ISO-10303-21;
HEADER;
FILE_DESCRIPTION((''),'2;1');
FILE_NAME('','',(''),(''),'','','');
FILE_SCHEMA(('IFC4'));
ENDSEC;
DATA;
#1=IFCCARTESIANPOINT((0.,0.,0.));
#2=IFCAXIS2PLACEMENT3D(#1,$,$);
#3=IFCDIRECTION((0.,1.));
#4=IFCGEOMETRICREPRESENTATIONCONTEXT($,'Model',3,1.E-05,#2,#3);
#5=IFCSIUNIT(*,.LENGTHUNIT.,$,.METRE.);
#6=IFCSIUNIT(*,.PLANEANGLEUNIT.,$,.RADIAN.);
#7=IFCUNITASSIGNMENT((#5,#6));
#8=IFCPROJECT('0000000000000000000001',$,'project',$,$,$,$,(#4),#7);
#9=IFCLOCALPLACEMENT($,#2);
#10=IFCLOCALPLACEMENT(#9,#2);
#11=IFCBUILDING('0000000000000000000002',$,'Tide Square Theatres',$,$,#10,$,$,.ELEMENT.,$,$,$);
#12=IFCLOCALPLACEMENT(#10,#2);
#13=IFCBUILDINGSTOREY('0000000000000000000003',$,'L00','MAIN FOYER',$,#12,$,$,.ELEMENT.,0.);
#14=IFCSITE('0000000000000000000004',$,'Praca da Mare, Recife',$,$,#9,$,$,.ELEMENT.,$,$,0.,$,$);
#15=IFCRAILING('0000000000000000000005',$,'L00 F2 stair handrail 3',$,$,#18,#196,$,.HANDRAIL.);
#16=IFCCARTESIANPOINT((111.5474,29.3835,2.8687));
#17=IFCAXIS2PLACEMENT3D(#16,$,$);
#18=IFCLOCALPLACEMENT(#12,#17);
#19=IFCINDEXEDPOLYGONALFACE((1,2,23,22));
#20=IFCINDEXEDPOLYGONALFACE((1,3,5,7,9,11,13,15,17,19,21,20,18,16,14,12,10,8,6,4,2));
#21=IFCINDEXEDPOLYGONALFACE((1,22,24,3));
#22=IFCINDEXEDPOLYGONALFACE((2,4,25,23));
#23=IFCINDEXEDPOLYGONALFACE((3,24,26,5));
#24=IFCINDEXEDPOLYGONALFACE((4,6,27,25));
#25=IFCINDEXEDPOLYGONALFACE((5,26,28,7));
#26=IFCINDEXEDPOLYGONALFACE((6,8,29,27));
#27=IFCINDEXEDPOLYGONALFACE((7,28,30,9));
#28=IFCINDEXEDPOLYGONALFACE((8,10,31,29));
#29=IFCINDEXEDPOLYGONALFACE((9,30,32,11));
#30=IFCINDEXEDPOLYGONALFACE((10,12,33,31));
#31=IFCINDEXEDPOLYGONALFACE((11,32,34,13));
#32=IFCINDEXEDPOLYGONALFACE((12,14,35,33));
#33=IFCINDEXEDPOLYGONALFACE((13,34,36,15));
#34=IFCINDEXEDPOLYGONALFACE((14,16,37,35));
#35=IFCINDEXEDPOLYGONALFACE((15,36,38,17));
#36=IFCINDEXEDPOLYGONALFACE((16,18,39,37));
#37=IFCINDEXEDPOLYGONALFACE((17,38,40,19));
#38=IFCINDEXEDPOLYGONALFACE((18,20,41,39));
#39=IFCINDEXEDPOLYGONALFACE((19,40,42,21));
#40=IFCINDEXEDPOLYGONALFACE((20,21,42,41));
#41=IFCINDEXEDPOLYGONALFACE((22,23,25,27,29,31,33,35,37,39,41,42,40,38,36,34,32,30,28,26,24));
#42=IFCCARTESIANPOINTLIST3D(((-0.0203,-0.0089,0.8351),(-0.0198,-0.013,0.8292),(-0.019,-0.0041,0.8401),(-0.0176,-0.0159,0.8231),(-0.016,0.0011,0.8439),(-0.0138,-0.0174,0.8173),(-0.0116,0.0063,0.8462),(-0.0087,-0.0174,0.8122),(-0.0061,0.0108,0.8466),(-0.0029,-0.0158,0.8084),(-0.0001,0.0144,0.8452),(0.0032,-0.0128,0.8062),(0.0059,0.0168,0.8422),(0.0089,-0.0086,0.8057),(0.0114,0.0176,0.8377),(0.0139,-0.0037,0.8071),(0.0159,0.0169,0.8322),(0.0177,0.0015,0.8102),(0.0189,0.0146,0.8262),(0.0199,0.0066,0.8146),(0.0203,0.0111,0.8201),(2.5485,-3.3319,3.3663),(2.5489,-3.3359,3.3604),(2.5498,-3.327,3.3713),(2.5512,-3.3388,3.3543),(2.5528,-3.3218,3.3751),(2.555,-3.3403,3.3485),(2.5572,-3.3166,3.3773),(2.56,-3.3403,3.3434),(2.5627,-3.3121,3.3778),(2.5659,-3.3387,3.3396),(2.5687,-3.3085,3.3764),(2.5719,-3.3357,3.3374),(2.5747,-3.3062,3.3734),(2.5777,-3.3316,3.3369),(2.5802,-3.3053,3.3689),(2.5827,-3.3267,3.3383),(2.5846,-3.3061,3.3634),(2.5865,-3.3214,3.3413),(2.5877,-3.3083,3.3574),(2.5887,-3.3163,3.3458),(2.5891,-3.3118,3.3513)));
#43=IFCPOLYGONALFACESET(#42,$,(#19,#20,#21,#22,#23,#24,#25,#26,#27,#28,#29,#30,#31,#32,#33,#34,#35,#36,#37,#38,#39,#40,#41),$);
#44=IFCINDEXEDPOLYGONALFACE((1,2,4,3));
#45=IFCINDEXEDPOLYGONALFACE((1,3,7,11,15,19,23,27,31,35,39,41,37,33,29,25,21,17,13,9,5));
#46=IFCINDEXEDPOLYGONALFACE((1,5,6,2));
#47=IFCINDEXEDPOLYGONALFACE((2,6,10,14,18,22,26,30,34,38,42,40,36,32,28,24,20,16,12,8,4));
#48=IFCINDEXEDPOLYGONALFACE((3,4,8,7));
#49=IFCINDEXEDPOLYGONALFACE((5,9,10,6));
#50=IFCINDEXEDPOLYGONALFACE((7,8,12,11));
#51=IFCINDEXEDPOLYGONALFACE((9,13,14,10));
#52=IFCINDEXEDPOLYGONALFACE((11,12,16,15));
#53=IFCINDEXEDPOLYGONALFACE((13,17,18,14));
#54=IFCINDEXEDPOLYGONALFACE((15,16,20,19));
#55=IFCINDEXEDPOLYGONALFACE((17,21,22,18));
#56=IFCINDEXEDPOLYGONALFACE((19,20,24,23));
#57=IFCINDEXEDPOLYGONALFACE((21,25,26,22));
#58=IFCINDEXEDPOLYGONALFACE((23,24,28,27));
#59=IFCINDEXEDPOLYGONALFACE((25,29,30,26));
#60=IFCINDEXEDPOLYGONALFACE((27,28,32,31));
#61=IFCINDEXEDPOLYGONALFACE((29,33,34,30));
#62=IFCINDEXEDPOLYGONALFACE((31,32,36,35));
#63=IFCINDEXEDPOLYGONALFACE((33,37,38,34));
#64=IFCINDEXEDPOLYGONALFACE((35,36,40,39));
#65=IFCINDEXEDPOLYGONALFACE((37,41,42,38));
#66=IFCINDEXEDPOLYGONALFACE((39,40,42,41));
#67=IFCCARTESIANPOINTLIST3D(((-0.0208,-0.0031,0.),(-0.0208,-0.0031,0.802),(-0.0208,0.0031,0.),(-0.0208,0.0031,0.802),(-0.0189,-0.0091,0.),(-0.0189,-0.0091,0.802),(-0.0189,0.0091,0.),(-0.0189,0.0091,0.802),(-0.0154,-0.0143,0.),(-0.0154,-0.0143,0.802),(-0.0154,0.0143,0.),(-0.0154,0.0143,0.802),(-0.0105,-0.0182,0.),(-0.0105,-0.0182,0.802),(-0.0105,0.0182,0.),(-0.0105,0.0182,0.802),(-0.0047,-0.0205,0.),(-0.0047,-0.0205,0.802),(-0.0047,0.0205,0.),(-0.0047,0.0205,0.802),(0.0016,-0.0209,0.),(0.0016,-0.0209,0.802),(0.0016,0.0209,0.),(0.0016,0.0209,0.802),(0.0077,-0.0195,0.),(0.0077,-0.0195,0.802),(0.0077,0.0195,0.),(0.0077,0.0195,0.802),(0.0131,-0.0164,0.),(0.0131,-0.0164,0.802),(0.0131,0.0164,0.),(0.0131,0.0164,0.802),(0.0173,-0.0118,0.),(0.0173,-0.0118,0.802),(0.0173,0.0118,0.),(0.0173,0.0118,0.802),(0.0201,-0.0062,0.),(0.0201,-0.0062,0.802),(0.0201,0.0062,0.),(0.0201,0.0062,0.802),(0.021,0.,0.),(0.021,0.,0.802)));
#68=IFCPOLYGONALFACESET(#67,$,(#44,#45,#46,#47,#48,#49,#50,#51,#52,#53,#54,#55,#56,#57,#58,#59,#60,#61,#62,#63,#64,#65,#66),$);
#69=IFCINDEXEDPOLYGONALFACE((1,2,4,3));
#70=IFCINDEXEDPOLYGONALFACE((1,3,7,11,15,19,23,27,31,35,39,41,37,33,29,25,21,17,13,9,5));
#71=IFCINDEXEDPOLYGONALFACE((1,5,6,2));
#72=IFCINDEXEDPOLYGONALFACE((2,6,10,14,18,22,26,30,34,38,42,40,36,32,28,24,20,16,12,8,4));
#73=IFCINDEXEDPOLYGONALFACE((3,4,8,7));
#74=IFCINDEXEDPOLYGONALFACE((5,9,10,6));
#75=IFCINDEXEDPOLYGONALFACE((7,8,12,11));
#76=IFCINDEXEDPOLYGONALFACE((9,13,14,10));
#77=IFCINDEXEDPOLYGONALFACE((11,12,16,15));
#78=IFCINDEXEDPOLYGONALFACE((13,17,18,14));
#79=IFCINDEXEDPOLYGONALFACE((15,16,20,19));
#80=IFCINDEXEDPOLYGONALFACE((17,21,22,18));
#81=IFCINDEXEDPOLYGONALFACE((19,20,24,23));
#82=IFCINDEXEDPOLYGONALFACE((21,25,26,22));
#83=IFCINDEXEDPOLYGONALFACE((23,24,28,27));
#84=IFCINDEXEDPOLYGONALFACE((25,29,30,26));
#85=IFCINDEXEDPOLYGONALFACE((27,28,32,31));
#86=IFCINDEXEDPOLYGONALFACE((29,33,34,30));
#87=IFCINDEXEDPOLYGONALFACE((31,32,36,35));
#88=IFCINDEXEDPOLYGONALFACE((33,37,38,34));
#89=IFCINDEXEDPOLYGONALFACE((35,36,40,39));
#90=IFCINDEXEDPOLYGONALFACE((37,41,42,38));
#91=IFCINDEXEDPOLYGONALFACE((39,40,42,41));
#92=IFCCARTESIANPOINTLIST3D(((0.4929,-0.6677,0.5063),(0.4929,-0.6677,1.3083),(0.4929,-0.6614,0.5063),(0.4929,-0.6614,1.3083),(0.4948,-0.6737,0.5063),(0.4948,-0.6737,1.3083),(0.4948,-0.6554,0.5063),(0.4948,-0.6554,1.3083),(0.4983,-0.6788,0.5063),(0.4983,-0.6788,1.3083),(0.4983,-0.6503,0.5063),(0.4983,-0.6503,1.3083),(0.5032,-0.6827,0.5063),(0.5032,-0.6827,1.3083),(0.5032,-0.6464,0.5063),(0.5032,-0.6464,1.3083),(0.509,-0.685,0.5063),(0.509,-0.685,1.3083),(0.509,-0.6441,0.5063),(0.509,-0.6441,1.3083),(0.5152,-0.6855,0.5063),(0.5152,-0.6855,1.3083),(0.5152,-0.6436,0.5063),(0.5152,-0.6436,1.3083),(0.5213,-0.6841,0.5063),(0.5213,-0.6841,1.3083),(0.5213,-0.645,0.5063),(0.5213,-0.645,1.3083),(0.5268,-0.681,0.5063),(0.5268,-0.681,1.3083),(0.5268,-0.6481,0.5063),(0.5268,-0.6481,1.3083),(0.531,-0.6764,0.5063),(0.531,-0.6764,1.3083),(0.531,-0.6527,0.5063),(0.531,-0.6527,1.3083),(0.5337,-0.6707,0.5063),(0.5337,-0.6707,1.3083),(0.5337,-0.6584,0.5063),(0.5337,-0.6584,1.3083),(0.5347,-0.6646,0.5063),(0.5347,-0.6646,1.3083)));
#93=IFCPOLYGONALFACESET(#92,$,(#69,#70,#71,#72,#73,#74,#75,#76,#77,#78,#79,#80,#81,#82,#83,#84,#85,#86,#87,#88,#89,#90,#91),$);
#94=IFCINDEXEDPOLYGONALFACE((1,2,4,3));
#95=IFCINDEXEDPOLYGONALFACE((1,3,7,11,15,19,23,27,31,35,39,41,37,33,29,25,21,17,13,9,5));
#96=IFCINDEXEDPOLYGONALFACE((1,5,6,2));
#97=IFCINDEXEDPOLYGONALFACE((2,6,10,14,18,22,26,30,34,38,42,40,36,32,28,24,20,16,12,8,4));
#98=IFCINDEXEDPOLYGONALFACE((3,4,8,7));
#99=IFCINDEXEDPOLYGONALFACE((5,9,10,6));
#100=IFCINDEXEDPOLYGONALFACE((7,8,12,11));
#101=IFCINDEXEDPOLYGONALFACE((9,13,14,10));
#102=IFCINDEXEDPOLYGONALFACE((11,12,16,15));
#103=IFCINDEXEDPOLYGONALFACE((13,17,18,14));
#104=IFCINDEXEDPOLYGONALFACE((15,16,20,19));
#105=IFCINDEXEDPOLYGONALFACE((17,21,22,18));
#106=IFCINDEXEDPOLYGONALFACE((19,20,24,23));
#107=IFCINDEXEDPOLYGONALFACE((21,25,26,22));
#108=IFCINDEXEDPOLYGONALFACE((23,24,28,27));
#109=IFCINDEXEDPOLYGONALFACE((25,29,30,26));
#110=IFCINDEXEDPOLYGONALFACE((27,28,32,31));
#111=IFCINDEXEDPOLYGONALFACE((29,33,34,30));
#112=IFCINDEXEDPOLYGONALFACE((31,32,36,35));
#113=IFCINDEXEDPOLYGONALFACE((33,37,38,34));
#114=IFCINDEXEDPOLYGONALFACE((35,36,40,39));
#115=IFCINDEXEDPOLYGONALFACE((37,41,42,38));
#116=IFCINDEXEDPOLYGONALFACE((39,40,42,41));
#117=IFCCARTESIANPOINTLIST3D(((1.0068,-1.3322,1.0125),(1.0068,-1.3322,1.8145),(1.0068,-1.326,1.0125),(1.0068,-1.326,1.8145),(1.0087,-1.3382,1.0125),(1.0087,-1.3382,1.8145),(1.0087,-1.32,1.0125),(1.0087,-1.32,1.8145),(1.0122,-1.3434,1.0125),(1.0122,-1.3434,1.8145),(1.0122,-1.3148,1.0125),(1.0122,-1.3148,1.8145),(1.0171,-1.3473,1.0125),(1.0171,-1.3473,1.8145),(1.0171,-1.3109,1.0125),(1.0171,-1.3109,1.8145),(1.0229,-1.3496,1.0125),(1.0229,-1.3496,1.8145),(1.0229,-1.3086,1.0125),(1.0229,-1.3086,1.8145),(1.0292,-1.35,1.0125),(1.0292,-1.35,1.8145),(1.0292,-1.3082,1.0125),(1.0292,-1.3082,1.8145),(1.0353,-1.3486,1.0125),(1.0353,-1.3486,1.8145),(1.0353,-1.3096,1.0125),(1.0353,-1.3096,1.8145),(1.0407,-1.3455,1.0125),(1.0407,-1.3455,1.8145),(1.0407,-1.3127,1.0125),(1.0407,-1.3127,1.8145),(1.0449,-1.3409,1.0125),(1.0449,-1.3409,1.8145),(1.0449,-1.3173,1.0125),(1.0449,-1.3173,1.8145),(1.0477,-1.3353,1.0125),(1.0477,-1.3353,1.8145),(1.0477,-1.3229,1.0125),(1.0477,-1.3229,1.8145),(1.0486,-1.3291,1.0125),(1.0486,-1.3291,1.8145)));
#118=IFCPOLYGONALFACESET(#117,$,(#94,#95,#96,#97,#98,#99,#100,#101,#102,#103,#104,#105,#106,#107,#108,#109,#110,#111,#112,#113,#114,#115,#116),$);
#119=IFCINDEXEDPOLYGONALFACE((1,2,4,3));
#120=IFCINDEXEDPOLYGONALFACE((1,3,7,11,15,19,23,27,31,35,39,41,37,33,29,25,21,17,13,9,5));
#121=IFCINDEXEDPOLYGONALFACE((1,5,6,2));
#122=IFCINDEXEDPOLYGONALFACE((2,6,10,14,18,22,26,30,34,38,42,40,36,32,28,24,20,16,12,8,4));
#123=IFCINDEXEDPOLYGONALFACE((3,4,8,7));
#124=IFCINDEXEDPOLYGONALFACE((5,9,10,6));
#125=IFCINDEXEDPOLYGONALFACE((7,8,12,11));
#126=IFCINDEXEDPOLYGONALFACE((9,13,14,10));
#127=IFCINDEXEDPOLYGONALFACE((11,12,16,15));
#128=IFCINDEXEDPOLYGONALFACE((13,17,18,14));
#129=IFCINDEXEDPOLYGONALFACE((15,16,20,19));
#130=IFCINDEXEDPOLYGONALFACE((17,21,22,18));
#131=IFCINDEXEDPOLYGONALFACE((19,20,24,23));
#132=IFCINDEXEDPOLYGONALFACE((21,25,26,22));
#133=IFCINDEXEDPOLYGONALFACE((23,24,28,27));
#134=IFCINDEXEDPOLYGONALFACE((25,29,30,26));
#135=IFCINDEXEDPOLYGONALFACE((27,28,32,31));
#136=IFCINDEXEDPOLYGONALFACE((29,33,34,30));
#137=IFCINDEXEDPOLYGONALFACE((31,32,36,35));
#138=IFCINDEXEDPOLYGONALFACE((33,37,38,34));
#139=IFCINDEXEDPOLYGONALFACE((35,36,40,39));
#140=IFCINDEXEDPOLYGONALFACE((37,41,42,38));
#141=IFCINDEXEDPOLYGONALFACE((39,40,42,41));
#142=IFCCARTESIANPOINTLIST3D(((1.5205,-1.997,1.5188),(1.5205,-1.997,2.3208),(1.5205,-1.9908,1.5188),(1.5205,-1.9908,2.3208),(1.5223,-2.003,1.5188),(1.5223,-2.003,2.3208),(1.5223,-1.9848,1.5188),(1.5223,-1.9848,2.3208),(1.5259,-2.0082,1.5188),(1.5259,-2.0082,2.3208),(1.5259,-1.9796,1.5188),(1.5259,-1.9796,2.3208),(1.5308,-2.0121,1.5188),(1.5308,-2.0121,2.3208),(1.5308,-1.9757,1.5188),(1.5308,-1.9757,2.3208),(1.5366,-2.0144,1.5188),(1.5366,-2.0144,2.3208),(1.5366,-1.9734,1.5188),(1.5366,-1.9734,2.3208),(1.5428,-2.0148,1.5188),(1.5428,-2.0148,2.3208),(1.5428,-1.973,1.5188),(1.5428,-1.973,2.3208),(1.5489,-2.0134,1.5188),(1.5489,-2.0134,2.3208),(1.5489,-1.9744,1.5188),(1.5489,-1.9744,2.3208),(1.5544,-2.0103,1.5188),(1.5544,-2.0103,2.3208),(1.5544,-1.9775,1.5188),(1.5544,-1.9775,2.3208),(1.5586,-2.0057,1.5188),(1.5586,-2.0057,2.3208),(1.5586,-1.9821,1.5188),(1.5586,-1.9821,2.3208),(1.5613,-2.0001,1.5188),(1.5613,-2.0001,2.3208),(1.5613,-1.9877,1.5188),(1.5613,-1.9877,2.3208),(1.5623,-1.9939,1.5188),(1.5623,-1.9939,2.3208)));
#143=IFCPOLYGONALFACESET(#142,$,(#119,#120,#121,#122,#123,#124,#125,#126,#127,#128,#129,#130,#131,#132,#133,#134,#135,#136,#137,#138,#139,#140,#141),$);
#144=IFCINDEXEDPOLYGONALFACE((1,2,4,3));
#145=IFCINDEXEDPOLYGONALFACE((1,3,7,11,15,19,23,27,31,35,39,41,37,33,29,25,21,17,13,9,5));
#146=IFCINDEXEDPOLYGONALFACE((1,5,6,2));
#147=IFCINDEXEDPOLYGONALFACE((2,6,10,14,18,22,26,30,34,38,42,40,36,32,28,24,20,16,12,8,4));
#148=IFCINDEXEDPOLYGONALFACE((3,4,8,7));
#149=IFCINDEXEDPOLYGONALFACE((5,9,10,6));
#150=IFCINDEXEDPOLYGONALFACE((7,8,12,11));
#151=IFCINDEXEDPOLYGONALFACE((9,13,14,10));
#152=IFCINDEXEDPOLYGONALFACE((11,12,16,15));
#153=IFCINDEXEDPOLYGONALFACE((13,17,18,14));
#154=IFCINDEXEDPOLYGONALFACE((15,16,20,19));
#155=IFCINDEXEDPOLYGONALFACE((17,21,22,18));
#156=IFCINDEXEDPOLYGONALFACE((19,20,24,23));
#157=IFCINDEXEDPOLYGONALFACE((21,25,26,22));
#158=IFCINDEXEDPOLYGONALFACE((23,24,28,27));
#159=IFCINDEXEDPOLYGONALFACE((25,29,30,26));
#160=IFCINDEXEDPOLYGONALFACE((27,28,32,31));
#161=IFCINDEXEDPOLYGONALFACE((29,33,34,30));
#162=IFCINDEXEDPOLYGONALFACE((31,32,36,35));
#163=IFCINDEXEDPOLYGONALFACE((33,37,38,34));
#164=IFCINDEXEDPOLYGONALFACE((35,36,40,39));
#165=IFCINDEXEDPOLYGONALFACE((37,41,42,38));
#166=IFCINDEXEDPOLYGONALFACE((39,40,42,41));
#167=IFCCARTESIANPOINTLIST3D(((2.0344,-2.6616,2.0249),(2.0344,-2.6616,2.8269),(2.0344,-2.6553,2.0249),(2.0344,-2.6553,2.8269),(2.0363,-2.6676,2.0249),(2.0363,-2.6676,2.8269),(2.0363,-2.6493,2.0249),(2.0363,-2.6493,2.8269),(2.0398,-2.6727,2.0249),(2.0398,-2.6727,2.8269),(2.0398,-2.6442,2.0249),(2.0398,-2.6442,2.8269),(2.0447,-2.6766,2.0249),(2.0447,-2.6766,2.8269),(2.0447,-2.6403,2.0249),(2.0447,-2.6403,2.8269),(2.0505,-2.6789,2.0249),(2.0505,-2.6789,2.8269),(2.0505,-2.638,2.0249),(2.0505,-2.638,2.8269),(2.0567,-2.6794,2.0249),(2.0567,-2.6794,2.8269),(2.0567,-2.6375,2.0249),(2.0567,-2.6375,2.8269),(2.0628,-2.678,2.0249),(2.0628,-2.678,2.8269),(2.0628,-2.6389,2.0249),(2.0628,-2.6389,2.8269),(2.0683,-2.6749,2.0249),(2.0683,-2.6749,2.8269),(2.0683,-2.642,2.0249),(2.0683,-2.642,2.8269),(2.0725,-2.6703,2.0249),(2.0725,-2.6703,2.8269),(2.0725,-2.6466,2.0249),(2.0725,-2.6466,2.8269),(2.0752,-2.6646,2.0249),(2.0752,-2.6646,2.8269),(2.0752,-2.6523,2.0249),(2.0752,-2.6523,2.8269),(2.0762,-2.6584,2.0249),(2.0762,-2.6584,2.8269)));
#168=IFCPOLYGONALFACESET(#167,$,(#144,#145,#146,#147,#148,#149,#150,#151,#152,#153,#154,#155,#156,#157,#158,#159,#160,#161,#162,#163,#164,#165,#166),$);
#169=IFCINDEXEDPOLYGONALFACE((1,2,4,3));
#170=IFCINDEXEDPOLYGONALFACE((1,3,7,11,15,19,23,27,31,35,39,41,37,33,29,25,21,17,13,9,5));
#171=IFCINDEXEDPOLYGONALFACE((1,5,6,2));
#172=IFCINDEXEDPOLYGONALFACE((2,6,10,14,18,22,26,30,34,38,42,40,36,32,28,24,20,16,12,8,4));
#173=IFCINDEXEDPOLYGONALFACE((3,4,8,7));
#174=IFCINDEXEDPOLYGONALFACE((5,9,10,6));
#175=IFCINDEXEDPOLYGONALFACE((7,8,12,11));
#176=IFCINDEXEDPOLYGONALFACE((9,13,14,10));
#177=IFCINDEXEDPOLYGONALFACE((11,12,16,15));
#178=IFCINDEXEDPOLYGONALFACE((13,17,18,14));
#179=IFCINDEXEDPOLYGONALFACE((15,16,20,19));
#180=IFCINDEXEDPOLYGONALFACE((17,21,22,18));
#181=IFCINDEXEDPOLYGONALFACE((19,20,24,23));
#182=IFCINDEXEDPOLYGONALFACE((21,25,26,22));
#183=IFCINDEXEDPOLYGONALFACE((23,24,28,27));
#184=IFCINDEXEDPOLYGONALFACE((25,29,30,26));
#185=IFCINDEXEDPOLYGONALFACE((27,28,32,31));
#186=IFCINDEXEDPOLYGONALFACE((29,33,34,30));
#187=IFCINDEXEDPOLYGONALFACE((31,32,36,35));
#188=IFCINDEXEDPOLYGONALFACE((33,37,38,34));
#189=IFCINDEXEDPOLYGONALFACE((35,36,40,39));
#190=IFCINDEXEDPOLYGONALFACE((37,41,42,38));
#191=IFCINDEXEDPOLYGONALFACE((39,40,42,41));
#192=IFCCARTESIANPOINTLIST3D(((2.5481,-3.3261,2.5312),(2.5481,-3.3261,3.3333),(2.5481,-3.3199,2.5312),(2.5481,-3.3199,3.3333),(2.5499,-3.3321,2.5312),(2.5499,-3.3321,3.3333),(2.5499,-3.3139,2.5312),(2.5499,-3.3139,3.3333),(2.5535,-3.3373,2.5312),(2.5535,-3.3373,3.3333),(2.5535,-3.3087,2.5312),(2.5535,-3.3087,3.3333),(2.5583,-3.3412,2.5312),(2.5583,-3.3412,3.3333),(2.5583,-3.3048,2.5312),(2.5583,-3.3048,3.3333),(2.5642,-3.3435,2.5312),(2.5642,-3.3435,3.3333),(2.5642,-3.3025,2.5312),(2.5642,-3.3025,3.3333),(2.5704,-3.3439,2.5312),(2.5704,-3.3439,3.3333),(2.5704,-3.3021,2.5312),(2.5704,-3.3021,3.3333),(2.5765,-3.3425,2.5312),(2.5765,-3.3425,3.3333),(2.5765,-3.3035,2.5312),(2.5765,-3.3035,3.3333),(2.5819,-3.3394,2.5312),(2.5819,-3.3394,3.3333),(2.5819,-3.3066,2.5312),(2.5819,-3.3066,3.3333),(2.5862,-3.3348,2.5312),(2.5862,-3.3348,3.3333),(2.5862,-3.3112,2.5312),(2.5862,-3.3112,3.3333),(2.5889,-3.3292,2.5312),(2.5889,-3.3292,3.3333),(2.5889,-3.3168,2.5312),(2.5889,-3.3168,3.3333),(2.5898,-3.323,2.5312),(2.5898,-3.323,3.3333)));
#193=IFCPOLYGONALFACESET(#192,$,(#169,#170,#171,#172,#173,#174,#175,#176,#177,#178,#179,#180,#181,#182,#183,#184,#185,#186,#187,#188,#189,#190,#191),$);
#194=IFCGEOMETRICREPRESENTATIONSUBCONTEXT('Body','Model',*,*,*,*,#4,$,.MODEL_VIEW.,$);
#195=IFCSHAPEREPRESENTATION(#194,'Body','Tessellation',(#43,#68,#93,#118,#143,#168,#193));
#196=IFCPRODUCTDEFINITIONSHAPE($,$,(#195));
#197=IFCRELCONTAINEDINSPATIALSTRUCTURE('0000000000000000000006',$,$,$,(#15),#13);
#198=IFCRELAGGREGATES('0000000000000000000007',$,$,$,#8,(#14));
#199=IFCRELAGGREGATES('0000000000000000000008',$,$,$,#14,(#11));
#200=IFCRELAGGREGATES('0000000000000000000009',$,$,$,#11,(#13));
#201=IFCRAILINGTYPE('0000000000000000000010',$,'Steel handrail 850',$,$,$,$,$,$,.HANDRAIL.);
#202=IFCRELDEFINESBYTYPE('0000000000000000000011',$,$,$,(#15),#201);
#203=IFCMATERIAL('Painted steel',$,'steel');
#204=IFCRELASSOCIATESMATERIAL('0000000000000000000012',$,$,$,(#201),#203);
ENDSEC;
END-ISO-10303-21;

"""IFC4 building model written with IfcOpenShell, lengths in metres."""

from ifc_helpers import new_model, si_unit, direction, frame, origin, origin_2d, place, context, subcontext, project, spatial, circle, extrude, material, type_object, element, save


model = new_model("IFC4")

# Units and contexts
model_context = context("Model", 3, precision=1e-05, world=origin(), true_north=direction((0.0, 1.0)))
body_context = subcontext(model_context, "Body", "Model", "MODEL_VIEW")
ifc_project = project(units=[si_unit("LENGTHUNIT", "METRE"), si_unit("PLANEANGLEUNIT", "RADIAN")], contexts=[model_context])

# Site, building, storey
site_placement = place(None, origin())
site = spatial("IfcSite", under=ifc_project, at=site_placement, Name="Praca da Mare, Recife", CompositionType="ELEMENT", RefElevation=0.0)
building_placement = place(site_placement, origin())
building = spatial("IfcBuilding", under=site, at=building_placement, Name="Tide Square Theatres", CompositionType="ELEMENT")
storey_placement = place(building_placement, origin())
storey = spatial("IfcBuildingStorey", under=building, at=storey_placement, Name="L00", Description="MAIN FOYER", CompositionType="ELEMENT", Elevation=0.0)

# Railing
ifc_material_1 = material(Name="Painted steel", Category="steel")
railing_type_1 = type_object("IfcRailingType", Name="Steel handrail 850", PredefinedType="HANDRAIL", material=ifc_material_1)
railing_1_placement = place(storey_placement, frame((111.5474, 29.3835, 2.8687)))
element("IfcRailing", 1, at=railing_1_placement, inside=storey, type_object=railing_type_1, Name="L00 F2 stair handrail 3", PredefinedType="HANDRAIL", context=body_context, shape_type="SweptSolid", body=[
    extrude(circle(Radius=0.0239, at=origin_2d()), frame((0.0, 0.0, 0.8262), z_axis=(0.523835, -0.67762, 0.516168), x_axis=(0.791161, 0.611608, 0.0)), (0.0, 0.0, 1.0), 4.9038),
    extrude(circle(Radius=0.021, at=origin_2d()), origin(), (0.0, 0.0, 1.0), 0.802),
    extrude(circle(Radius=0.021, at=origin_2d()), frame((0.5137, -0.6646, 0.5063)), (0.0, 0.0, 1.0), 0.802),
    extrude(circle(Radius=0.021, at=origin_2d()), frame((1.0276, -1.3291, 1.0125)), (0.0, 0.0, 1.0), 0.802),
    extrude(circle(Radius=0.021, at=origin_2d()), frame((1.5413, -1.9939, 1.5188)), (0.0, 0.0, 1.0), 0.802),
    extrude(circle(Radius=0.021, at=origin_2d()), frame((2.0552, -2.6584, 2.0249)), (0.0, 0.0, 1.0), 0.802),
    extrude(circle(Radius=0.021, at=origin_2d()), frame((2.5688, -3.323, 2.5312)), (0.0, 0.0, 1.0), 0.802),
])

save(model, "model.ifc")
